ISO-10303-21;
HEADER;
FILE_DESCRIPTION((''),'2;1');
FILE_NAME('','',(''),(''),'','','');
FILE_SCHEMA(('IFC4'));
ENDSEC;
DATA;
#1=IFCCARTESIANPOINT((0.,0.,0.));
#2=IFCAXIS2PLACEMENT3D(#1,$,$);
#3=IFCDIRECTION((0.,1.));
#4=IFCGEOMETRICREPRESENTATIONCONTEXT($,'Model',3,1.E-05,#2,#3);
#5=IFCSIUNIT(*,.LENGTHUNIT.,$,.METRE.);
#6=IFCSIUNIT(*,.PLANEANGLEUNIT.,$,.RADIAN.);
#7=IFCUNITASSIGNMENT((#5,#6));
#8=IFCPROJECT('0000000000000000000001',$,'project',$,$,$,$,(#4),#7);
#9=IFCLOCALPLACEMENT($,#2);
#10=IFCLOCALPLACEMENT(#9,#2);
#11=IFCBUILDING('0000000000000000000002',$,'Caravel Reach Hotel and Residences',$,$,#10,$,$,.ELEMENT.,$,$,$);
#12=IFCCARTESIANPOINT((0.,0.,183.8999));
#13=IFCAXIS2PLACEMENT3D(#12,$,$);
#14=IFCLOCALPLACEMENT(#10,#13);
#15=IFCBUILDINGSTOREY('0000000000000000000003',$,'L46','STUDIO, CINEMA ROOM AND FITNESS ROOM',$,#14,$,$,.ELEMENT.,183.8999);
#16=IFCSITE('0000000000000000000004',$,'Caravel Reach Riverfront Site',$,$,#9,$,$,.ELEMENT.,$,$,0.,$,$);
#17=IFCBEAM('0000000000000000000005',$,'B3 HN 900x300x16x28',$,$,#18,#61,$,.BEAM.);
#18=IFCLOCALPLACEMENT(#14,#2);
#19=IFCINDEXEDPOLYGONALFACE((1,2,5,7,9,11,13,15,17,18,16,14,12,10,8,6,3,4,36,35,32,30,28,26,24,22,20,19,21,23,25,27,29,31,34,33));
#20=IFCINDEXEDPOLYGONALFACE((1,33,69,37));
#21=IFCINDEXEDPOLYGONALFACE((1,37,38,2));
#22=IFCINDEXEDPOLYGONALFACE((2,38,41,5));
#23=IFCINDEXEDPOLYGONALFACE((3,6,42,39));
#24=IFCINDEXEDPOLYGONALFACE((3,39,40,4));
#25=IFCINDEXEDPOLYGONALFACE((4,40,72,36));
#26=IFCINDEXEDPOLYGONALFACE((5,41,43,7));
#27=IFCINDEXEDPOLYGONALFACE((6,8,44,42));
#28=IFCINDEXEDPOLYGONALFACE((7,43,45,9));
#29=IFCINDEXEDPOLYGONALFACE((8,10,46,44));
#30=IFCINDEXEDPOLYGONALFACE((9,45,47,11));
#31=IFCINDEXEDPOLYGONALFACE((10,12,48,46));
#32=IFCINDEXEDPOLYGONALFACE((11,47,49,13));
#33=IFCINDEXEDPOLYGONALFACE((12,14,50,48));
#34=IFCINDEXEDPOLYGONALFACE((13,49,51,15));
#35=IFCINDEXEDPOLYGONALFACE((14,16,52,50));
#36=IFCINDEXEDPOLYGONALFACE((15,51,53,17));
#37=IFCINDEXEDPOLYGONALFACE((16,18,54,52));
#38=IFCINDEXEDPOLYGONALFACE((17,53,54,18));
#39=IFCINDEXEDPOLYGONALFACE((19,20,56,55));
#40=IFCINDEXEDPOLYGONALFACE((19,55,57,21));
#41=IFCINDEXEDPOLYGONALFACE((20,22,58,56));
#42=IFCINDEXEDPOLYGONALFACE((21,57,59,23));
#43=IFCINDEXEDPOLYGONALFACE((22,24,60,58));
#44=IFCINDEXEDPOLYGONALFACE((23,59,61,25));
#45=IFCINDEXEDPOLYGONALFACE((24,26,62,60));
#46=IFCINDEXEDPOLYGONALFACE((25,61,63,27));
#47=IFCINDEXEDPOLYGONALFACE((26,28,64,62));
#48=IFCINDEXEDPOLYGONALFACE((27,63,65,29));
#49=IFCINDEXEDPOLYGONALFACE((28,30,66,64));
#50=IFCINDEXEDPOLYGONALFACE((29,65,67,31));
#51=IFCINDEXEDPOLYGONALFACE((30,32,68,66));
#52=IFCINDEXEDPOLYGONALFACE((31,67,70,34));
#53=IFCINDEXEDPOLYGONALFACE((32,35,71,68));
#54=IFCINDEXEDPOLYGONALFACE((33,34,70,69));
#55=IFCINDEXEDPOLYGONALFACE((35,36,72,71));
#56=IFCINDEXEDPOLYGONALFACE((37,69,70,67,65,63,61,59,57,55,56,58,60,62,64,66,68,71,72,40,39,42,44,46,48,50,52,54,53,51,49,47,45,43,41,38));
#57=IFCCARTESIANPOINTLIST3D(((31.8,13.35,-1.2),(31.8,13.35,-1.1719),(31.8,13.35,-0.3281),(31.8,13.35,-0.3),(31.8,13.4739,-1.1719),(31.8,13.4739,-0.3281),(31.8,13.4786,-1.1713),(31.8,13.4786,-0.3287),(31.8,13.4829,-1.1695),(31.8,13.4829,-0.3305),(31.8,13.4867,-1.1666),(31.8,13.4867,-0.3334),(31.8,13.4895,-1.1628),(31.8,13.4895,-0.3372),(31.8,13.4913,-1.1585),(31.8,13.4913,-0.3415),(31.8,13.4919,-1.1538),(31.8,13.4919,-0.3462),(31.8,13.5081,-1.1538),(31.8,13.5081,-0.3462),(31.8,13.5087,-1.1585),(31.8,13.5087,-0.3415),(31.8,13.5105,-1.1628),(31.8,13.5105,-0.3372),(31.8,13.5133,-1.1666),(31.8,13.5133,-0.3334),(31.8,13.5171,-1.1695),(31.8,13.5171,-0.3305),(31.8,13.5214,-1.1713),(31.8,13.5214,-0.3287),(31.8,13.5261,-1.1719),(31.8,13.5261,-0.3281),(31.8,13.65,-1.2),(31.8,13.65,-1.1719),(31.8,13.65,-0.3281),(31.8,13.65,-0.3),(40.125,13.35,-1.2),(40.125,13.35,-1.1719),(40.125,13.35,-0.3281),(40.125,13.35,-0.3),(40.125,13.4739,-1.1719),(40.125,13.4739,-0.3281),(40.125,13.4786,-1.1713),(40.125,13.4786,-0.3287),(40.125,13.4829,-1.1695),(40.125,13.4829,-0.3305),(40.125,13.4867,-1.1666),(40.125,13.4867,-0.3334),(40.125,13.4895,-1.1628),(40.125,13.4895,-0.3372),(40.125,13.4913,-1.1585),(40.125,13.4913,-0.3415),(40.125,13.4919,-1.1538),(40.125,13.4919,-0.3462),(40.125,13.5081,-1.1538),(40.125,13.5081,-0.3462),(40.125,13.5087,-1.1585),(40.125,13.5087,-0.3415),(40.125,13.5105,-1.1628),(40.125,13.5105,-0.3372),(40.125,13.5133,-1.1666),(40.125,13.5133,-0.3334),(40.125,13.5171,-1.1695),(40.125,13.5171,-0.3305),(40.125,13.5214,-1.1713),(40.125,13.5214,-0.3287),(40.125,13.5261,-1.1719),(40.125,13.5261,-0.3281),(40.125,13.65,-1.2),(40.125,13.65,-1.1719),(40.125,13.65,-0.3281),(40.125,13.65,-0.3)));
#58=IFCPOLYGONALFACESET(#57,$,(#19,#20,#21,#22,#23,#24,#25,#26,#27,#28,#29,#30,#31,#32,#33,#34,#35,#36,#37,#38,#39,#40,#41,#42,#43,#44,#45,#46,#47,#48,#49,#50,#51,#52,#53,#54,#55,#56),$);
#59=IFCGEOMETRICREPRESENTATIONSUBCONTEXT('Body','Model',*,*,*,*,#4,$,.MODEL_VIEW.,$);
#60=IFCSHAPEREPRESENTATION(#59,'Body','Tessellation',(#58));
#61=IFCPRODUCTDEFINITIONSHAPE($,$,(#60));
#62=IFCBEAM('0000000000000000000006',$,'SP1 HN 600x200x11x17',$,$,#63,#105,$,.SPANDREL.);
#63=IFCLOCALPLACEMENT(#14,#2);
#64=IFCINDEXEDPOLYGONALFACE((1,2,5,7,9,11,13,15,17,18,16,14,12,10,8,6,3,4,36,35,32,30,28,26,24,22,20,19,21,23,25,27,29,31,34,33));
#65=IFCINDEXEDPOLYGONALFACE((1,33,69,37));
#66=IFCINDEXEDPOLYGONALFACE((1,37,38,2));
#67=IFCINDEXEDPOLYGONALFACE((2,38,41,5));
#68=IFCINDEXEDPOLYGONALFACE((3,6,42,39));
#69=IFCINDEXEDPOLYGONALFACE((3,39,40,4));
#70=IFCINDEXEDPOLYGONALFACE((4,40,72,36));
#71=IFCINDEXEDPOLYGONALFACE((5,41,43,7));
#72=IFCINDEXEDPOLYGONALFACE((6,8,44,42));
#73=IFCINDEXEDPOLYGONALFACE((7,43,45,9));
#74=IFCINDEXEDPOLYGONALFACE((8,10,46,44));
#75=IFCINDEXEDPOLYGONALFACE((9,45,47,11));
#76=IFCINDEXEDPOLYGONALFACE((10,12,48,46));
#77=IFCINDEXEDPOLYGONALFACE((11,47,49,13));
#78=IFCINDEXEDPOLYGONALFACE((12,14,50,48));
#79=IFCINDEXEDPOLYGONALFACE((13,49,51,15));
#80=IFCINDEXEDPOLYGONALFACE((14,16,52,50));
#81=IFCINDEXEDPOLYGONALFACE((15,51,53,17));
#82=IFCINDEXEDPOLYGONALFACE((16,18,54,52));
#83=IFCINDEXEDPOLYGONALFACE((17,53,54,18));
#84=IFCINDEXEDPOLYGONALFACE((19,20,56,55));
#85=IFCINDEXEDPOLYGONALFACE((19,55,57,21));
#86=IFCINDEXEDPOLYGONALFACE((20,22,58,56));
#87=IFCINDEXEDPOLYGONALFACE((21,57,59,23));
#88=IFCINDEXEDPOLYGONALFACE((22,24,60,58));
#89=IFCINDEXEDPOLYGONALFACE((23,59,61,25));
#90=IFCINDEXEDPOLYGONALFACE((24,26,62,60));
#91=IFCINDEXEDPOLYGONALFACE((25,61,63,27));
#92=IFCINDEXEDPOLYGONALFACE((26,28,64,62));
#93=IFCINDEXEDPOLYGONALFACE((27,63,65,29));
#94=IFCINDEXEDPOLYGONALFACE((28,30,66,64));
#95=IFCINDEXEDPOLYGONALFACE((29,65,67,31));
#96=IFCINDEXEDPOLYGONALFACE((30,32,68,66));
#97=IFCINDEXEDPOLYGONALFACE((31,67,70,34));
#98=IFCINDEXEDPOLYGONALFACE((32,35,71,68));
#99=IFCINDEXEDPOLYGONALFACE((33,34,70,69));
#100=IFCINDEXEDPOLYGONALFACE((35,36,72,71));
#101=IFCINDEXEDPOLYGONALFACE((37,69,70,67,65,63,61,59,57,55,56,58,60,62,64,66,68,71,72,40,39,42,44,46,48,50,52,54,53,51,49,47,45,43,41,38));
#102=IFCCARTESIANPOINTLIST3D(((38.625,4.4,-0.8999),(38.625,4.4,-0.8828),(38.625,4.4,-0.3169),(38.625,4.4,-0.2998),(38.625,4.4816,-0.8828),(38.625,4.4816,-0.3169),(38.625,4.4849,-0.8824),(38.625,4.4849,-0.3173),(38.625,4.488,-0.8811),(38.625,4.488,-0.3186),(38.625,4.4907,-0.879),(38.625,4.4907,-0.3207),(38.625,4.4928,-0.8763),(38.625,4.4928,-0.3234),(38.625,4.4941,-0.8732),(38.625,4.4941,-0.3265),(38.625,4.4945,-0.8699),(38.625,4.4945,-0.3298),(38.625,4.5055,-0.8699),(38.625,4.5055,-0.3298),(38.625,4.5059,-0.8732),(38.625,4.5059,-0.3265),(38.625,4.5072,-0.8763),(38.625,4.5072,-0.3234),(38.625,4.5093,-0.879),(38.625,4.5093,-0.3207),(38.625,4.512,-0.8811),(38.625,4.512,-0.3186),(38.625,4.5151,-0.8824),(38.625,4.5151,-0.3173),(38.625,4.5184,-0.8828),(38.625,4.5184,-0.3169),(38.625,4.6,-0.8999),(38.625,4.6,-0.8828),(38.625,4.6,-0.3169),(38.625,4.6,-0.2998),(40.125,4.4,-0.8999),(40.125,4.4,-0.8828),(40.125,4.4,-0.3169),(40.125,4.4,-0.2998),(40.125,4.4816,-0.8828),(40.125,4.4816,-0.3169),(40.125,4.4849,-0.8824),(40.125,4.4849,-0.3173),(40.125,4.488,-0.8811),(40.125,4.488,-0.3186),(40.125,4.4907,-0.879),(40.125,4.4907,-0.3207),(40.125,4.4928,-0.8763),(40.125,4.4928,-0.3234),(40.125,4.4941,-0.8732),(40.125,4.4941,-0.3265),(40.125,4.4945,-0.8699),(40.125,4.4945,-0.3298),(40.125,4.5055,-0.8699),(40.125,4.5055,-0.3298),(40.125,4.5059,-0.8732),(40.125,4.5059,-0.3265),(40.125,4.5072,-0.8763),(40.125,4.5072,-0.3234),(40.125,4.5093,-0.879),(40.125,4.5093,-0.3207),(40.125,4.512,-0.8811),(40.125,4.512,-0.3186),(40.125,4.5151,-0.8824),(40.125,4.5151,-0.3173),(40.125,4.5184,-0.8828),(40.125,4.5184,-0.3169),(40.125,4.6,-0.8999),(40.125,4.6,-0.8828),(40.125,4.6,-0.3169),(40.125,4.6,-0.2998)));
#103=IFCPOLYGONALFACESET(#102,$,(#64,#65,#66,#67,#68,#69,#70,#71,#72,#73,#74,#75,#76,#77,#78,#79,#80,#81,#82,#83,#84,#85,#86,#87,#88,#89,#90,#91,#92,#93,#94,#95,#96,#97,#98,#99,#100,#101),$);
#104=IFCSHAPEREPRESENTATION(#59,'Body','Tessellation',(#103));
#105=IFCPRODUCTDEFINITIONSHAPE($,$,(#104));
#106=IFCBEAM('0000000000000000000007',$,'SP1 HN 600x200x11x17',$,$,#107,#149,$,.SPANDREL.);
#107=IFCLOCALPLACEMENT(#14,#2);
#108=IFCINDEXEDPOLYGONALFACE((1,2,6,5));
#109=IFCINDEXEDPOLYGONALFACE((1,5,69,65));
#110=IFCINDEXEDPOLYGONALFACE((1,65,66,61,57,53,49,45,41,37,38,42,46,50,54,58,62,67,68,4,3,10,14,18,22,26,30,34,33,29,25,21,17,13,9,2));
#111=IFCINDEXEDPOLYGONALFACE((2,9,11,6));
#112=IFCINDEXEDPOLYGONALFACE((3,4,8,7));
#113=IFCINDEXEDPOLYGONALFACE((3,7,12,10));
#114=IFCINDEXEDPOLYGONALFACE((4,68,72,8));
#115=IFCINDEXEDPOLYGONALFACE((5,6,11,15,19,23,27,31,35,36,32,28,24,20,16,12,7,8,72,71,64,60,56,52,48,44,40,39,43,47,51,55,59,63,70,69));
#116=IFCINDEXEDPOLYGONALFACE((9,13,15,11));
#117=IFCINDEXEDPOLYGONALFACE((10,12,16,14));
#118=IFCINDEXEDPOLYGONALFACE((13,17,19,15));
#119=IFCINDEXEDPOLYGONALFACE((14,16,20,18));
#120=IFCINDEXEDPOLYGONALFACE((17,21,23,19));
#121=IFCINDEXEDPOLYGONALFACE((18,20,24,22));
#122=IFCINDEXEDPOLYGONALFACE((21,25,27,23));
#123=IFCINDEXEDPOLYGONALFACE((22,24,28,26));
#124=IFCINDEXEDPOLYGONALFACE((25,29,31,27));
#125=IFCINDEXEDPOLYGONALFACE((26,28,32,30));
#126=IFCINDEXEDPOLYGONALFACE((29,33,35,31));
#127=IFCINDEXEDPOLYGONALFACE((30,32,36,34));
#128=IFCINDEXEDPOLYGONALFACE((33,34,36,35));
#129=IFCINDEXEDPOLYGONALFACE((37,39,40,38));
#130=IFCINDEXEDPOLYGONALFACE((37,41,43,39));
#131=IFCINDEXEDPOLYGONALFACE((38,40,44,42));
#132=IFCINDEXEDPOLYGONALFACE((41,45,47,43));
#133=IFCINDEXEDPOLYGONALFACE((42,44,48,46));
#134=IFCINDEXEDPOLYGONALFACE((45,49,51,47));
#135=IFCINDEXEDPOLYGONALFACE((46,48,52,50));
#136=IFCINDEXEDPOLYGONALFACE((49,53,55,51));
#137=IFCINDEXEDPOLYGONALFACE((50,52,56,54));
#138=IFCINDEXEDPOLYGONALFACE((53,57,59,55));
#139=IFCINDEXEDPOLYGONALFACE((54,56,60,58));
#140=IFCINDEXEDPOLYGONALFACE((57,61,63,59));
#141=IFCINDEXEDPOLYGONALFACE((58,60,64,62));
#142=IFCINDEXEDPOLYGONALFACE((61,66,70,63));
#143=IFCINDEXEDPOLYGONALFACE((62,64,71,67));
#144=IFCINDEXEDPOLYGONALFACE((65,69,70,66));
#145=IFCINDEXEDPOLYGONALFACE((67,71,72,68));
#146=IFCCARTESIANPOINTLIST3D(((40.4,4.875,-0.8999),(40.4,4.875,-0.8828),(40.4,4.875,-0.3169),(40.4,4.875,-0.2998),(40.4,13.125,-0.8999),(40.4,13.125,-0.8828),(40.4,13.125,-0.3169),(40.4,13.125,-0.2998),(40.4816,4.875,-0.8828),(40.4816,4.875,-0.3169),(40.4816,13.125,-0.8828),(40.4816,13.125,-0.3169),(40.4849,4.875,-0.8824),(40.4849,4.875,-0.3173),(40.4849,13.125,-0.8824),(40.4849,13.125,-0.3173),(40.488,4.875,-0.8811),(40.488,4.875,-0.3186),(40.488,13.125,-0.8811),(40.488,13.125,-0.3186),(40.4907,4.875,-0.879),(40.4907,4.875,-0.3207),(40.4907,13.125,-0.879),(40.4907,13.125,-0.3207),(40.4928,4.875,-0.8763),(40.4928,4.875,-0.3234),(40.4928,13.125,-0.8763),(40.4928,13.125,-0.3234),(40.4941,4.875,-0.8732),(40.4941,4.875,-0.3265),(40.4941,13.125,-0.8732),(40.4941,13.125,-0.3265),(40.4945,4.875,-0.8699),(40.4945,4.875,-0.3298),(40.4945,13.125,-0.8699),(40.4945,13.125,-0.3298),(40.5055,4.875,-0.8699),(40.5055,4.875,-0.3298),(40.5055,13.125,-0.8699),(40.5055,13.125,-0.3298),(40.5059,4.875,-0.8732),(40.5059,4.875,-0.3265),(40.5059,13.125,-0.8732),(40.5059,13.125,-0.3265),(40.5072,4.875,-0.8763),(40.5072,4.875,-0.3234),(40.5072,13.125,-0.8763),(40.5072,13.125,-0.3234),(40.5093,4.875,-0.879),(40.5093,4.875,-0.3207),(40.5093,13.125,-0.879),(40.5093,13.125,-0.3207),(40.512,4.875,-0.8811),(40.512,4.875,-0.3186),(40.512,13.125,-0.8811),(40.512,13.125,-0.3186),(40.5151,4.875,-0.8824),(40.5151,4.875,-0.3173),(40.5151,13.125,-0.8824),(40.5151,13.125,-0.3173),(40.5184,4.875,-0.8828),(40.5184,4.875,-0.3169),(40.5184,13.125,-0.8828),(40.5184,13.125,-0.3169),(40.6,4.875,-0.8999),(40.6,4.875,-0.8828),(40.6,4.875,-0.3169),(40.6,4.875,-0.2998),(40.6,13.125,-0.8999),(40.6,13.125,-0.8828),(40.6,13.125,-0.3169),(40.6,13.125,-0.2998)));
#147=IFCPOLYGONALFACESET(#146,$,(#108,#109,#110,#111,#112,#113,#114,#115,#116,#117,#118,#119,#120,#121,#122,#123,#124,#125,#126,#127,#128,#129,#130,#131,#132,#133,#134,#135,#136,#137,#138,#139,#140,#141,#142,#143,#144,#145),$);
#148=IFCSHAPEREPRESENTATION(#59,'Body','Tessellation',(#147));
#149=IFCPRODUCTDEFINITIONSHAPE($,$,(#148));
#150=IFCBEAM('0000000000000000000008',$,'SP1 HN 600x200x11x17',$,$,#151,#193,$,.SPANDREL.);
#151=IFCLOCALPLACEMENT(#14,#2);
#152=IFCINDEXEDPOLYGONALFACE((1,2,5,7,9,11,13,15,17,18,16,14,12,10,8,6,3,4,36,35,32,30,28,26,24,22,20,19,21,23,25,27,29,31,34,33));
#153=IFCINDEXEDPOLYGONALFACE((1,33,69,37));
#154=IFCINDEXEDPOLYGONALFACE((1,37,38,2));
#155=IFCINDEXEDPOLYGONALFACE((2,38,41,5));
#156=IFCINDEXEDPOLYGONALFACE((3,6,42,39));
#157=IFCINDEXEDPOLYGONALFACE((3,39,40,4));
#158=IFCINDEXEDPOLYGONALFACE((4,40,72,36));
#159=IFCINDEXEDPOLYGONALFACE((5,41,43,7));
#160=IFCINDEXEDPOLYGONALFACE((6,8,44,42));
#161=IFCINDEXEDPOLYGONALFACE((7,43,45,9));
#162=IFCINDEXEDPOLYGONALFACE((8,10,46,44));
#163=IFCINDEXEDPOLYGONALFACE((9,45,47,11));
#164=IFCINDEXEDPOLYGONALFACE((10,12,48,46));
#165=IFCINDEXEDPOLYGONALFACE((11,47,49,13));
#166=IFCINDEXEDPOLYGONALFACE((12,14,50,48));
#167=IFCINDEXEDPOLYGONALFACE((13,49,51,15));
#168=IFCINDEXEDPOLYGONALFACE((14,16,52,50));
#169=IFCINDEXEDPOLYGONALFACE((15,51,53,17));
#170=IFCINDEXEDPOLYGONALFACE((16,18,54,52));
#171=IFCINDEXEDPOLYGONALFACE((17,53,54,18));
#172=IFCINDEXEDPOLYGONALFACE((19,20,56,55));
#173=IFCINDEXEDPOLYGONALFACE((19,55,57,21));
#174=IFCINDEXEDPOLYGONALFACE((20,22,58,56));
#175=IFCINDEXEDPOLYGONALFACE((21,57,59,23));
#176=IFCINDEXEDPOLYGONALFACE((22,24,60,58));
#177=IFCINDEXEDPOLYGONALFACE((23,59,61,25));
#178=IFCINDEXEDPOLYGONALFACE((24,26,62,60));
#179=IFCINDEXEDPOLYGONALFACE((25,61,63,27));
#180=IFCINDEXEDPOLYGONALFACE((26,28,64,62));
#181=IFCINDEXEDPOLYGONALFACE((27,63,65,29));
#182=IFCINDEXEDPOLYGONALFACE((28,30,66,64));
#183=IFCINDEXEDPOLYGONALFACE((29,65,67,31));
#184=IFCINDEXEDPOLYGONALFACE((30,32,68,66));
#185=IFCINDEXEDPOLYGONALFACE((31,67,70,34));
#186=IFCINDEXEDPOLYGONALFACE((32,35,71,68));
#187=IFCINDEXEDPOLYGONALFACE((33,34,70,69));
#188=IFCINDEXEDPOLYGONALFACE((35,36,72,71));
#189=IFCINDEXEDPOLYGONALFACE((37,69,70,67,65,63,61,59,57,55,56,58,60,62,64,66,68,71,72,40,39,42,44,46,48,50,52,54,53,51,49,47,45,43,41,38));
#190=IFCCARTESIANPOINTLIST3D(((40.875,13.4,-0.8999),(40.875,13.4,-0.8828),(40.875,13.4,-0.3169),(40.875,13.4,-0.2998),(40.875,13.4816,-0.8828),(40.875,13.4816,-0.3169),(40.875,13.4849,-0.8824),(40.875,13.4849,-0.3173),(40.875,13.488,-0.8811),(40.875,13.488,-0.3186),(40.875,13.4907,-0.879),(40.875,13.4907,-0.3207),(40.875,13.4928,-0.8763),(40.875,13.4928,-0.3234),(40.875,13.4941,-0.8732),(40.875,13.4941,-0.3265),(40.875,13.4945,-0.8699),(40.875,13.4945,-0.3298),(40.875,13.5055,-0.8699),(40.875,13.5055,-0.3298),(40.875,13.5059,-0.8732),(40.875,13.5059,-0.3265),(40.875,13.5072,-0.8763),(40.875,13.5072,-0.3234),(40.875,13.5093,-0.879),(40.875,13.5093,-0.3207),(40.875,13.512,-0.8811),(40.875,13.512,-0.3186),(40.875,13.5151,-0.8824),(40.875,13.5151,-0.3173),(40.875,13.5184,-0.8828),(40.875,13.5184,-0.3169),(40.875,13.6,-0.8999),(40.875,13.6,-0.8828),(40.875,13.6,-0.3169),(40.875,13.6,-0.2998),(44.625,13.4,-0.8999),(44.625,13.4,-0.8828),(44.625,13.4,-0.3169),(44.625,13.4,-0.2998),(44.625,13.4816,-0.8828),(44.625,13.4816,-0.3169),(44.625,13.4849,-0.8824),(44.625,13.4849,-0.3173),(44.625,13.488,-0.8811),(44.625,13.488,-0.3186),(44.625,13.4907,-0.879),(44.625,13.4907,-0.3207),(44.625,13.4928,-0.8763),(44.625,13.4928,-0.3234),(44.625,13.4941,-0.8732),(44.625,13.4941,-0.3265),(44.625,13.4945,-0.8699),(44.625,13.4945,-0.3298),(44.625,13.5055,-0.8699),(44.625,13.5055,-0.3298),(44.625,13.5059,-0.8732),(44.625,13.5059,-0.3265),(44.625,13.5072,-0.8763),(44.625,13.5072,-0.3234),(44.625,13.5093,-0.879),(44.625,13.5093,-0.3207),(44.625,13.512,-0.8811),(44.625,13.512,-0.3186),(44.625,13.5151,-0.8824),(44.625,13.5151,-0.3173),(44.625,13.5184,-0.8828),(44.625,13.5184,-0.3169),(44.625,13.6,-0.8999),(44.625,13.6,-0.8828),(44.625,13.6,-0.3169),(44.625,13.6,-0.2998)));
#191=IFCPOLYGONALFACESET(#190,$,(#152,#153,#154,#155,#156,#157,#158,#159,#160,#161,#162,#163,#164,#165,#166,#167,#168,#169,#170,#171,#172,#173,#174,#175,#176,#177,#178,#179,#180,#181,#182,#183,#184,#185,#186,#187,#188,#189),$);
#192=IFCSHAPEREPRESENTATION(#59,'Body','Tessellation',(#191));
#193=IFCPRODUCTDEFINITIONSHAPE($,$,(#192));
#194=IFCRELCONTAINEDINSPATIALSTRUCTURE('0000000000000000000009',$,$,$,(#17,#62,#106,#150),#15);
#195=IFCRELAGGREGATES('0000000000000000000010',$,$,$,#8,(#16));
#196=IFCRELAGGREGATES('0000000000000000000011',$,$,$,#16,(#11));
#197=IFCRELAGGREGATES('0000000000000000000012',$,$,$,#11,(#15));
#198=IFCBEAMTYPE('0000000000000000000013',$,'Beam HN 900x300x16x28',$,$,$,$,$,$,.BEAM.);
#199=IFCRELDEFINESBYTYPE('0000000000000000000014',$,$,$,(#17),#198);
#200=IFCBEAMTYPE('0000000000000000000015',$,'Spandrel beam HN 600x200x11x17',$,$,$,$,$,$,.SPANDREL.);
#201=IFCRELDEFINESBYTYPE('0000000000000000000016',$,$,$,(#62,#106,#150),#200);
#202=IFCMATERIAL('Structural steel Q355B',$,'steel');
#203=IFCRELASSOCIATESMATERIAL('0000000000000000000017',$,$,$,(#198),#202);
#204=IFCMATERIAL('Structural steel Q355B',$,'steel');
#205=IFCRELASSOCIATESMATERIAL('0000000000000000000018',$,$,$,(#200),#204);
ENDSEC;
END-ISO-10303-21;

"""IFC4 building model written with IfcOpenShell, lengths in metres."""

from ifc_helpers import new_model, si_unit, direction, frame, origin, origin_2d, place, context, subcontext, project, spatial, i_section, extrude, material, material_profile, profile_set, type_object, element, save


model = new_model("IFC4")

# Units and contexts
model_context = context("Model", 3, precision=1e-05, world=origin(), true_north=direction((0.0, 1.0)))
body_context = subcontext(model_context, "Body", "Model", "MODEL_VIEW")
ifc_project = project(units=[si_unit("LENGTHUNIT", "METRE"), si_unit("PLANEANGLEUNIT", "RADIAN")], contexts=[model_context])

# Site, building, storey
site_placement = place(None, origin())
site = spatial("IfcSite", under=ifc_project, at=site_placement, Name="Caravel Reach Riverfront Site", CompositionType="ELEMENT", RefElevation=0.0)
building_placement = place(site_placement, origin())
building = spatial("IfcBuilding", under=site, at=building_placement, Name="Caravel Reach Hotel and Residences", CompositionType="ELEMENT")
storey_placement = place(building_placement, frame((0.0, 0.0, 183.8999)))
storey = spatial("IfcBuildingStorey", under=building, at=storey_placement, Name="L46", Description="STUDIO, CINEMA ROOM AND FITNESS ROOM", CompositionType="ELEMENT", Elevation=183.8999)

# Beams
ifc_material_1 = material(Name="Structural steel Q355B", Category="steel")
ifc_material_profile_1 = material_profile(ifc_material_1, i_section(OverallWidth=0.3, OverallDepth=0.8999, WebThickness=0.0161, FlangeThickness=0.0281, FilletRadius=0.0181, at=origin_2d()), Name="HN 900x300x16x28")
ifc_profile_set_1 = profile_set([ifc_material_profile_1], Name="Structural steel Q355B")
beam_type_1 = type_object("IfcBeamType", Name="Beam HN 900x300x16x28", PredefinedType="BEAM", material=ifc_profile_set_1)
beam_1_placement = place(storey_placement, frame((31.8, 13.5, -0.75), z_axis=(1.0, 0.0, 0.0), x_axis=(0.0, 1.0, 0.0)))
element("IfcBeam", 1, at=beam_1_placement, inside=storey, type_object=beam_type_1, Name="B3 HN 900x300x16x28", PredefinedType="BEAM", context=body_context, shape_type="SweptSolid", body=[
    extrude(i_section(OverallWidth=0.3, OverallDepth=0.8999, WebThickness=0.0161, FlangeThickness=0.0281, FilletRadius=0.0181, at=origin_2d()), origin(), (0.0, 0.0, 1.0), 8.325),
])
ifc_material_2 = material(Name="Structural steel Q355B", Category="steel")
ifc_material_profile_2 = material_profile(ifc_material_2, i_section(OverallWidth=0.2, OverallDepth=0.6001, WebThickness=0.011, FlangeThickness=0.0171, FilletRadius=0.0129, at=origin_2d()), Name="HN 600x200x11x17")
ifc_profile_set_2 = profile_set([ifc_material_profile_2], Name="Structural steel Q355B")
beam_type_2 = type_object("IfcBeamType", Name="Spandrel beam HN 600x200x11x17", PredefinedType="SPANDREL", material=ifc_profile_set_2)
beam_2_placement = place(storey_placement, frame((38.625, 4.5, -0.5999), z_axis=(1.0, 0.0, 0.0), x_axis=(0.0, 1.0, 0.0)))
element("IfcBeam", 2, at=beam_2_placement, inside=storey, type_object=beam_type_2, Name="SP1 HN 600x200x11x17", PredefinedType="SPANDREL", context=body_context, shape_type="SweptSolid", body=[
    extrude(i_section(OverallWidth=0.2, OverallDepth=0.6001, WebThickness=0.011, FlangeThickness=0.0171, FilletRadius=0.0129, at=origin_2d()), origin(), (0.0, 0.0, 1.0), 1.5),
])
beam_3_placement = place(storey_placement, frame((40.5, 4.875, -0.5999), z_axis=(0.0, 1.0, 0.0), x_axis=(-1.0, 0.0, 0.0)))
element("IfcBeam", 3, at=beam_3_placement, inside=storey, type_object=beam_type_2, Name="SP1 HN 600x200x11x17", PredefinedType="SPANDREL", context=body_context, shape_type="SweptSolid", body=[
    extrude(i_section(OverallWidth=0.2, OverallDepth=0.6001, WebThickness=0.011, FlangeThickness=0.0171, FilletRadius=0.0129, at=origin_2d()), origin(), (0.0, 0.0, 1.0), 8.25),
])
beam_4_placement = place(storey_placement, frame((40.875, 13.5, -0.5999), z_axis=(1.0, 0.0, 0.0), x_axis=(0.0, 1.0, 0.0)))
element("IfcBeam", 4, at=beam_4_placement, inside=storey, type_object=beam_type_2, Name="SP1 HN 600x200x11x17", PredefinedType="SPANDREL", context=body_context, shape_type="SweptSolid", body=[
    extrude(i_section(OverallWidth=0.2, OverallDepth=0.6001, WebThickness=0.011, FlangeThickness=0.0171, FilletRadius=0.0129, at=origin_2d()), origin(), (0.0, 0.0, 1.0), 3.75),
])

save(model, "model.ifc")
